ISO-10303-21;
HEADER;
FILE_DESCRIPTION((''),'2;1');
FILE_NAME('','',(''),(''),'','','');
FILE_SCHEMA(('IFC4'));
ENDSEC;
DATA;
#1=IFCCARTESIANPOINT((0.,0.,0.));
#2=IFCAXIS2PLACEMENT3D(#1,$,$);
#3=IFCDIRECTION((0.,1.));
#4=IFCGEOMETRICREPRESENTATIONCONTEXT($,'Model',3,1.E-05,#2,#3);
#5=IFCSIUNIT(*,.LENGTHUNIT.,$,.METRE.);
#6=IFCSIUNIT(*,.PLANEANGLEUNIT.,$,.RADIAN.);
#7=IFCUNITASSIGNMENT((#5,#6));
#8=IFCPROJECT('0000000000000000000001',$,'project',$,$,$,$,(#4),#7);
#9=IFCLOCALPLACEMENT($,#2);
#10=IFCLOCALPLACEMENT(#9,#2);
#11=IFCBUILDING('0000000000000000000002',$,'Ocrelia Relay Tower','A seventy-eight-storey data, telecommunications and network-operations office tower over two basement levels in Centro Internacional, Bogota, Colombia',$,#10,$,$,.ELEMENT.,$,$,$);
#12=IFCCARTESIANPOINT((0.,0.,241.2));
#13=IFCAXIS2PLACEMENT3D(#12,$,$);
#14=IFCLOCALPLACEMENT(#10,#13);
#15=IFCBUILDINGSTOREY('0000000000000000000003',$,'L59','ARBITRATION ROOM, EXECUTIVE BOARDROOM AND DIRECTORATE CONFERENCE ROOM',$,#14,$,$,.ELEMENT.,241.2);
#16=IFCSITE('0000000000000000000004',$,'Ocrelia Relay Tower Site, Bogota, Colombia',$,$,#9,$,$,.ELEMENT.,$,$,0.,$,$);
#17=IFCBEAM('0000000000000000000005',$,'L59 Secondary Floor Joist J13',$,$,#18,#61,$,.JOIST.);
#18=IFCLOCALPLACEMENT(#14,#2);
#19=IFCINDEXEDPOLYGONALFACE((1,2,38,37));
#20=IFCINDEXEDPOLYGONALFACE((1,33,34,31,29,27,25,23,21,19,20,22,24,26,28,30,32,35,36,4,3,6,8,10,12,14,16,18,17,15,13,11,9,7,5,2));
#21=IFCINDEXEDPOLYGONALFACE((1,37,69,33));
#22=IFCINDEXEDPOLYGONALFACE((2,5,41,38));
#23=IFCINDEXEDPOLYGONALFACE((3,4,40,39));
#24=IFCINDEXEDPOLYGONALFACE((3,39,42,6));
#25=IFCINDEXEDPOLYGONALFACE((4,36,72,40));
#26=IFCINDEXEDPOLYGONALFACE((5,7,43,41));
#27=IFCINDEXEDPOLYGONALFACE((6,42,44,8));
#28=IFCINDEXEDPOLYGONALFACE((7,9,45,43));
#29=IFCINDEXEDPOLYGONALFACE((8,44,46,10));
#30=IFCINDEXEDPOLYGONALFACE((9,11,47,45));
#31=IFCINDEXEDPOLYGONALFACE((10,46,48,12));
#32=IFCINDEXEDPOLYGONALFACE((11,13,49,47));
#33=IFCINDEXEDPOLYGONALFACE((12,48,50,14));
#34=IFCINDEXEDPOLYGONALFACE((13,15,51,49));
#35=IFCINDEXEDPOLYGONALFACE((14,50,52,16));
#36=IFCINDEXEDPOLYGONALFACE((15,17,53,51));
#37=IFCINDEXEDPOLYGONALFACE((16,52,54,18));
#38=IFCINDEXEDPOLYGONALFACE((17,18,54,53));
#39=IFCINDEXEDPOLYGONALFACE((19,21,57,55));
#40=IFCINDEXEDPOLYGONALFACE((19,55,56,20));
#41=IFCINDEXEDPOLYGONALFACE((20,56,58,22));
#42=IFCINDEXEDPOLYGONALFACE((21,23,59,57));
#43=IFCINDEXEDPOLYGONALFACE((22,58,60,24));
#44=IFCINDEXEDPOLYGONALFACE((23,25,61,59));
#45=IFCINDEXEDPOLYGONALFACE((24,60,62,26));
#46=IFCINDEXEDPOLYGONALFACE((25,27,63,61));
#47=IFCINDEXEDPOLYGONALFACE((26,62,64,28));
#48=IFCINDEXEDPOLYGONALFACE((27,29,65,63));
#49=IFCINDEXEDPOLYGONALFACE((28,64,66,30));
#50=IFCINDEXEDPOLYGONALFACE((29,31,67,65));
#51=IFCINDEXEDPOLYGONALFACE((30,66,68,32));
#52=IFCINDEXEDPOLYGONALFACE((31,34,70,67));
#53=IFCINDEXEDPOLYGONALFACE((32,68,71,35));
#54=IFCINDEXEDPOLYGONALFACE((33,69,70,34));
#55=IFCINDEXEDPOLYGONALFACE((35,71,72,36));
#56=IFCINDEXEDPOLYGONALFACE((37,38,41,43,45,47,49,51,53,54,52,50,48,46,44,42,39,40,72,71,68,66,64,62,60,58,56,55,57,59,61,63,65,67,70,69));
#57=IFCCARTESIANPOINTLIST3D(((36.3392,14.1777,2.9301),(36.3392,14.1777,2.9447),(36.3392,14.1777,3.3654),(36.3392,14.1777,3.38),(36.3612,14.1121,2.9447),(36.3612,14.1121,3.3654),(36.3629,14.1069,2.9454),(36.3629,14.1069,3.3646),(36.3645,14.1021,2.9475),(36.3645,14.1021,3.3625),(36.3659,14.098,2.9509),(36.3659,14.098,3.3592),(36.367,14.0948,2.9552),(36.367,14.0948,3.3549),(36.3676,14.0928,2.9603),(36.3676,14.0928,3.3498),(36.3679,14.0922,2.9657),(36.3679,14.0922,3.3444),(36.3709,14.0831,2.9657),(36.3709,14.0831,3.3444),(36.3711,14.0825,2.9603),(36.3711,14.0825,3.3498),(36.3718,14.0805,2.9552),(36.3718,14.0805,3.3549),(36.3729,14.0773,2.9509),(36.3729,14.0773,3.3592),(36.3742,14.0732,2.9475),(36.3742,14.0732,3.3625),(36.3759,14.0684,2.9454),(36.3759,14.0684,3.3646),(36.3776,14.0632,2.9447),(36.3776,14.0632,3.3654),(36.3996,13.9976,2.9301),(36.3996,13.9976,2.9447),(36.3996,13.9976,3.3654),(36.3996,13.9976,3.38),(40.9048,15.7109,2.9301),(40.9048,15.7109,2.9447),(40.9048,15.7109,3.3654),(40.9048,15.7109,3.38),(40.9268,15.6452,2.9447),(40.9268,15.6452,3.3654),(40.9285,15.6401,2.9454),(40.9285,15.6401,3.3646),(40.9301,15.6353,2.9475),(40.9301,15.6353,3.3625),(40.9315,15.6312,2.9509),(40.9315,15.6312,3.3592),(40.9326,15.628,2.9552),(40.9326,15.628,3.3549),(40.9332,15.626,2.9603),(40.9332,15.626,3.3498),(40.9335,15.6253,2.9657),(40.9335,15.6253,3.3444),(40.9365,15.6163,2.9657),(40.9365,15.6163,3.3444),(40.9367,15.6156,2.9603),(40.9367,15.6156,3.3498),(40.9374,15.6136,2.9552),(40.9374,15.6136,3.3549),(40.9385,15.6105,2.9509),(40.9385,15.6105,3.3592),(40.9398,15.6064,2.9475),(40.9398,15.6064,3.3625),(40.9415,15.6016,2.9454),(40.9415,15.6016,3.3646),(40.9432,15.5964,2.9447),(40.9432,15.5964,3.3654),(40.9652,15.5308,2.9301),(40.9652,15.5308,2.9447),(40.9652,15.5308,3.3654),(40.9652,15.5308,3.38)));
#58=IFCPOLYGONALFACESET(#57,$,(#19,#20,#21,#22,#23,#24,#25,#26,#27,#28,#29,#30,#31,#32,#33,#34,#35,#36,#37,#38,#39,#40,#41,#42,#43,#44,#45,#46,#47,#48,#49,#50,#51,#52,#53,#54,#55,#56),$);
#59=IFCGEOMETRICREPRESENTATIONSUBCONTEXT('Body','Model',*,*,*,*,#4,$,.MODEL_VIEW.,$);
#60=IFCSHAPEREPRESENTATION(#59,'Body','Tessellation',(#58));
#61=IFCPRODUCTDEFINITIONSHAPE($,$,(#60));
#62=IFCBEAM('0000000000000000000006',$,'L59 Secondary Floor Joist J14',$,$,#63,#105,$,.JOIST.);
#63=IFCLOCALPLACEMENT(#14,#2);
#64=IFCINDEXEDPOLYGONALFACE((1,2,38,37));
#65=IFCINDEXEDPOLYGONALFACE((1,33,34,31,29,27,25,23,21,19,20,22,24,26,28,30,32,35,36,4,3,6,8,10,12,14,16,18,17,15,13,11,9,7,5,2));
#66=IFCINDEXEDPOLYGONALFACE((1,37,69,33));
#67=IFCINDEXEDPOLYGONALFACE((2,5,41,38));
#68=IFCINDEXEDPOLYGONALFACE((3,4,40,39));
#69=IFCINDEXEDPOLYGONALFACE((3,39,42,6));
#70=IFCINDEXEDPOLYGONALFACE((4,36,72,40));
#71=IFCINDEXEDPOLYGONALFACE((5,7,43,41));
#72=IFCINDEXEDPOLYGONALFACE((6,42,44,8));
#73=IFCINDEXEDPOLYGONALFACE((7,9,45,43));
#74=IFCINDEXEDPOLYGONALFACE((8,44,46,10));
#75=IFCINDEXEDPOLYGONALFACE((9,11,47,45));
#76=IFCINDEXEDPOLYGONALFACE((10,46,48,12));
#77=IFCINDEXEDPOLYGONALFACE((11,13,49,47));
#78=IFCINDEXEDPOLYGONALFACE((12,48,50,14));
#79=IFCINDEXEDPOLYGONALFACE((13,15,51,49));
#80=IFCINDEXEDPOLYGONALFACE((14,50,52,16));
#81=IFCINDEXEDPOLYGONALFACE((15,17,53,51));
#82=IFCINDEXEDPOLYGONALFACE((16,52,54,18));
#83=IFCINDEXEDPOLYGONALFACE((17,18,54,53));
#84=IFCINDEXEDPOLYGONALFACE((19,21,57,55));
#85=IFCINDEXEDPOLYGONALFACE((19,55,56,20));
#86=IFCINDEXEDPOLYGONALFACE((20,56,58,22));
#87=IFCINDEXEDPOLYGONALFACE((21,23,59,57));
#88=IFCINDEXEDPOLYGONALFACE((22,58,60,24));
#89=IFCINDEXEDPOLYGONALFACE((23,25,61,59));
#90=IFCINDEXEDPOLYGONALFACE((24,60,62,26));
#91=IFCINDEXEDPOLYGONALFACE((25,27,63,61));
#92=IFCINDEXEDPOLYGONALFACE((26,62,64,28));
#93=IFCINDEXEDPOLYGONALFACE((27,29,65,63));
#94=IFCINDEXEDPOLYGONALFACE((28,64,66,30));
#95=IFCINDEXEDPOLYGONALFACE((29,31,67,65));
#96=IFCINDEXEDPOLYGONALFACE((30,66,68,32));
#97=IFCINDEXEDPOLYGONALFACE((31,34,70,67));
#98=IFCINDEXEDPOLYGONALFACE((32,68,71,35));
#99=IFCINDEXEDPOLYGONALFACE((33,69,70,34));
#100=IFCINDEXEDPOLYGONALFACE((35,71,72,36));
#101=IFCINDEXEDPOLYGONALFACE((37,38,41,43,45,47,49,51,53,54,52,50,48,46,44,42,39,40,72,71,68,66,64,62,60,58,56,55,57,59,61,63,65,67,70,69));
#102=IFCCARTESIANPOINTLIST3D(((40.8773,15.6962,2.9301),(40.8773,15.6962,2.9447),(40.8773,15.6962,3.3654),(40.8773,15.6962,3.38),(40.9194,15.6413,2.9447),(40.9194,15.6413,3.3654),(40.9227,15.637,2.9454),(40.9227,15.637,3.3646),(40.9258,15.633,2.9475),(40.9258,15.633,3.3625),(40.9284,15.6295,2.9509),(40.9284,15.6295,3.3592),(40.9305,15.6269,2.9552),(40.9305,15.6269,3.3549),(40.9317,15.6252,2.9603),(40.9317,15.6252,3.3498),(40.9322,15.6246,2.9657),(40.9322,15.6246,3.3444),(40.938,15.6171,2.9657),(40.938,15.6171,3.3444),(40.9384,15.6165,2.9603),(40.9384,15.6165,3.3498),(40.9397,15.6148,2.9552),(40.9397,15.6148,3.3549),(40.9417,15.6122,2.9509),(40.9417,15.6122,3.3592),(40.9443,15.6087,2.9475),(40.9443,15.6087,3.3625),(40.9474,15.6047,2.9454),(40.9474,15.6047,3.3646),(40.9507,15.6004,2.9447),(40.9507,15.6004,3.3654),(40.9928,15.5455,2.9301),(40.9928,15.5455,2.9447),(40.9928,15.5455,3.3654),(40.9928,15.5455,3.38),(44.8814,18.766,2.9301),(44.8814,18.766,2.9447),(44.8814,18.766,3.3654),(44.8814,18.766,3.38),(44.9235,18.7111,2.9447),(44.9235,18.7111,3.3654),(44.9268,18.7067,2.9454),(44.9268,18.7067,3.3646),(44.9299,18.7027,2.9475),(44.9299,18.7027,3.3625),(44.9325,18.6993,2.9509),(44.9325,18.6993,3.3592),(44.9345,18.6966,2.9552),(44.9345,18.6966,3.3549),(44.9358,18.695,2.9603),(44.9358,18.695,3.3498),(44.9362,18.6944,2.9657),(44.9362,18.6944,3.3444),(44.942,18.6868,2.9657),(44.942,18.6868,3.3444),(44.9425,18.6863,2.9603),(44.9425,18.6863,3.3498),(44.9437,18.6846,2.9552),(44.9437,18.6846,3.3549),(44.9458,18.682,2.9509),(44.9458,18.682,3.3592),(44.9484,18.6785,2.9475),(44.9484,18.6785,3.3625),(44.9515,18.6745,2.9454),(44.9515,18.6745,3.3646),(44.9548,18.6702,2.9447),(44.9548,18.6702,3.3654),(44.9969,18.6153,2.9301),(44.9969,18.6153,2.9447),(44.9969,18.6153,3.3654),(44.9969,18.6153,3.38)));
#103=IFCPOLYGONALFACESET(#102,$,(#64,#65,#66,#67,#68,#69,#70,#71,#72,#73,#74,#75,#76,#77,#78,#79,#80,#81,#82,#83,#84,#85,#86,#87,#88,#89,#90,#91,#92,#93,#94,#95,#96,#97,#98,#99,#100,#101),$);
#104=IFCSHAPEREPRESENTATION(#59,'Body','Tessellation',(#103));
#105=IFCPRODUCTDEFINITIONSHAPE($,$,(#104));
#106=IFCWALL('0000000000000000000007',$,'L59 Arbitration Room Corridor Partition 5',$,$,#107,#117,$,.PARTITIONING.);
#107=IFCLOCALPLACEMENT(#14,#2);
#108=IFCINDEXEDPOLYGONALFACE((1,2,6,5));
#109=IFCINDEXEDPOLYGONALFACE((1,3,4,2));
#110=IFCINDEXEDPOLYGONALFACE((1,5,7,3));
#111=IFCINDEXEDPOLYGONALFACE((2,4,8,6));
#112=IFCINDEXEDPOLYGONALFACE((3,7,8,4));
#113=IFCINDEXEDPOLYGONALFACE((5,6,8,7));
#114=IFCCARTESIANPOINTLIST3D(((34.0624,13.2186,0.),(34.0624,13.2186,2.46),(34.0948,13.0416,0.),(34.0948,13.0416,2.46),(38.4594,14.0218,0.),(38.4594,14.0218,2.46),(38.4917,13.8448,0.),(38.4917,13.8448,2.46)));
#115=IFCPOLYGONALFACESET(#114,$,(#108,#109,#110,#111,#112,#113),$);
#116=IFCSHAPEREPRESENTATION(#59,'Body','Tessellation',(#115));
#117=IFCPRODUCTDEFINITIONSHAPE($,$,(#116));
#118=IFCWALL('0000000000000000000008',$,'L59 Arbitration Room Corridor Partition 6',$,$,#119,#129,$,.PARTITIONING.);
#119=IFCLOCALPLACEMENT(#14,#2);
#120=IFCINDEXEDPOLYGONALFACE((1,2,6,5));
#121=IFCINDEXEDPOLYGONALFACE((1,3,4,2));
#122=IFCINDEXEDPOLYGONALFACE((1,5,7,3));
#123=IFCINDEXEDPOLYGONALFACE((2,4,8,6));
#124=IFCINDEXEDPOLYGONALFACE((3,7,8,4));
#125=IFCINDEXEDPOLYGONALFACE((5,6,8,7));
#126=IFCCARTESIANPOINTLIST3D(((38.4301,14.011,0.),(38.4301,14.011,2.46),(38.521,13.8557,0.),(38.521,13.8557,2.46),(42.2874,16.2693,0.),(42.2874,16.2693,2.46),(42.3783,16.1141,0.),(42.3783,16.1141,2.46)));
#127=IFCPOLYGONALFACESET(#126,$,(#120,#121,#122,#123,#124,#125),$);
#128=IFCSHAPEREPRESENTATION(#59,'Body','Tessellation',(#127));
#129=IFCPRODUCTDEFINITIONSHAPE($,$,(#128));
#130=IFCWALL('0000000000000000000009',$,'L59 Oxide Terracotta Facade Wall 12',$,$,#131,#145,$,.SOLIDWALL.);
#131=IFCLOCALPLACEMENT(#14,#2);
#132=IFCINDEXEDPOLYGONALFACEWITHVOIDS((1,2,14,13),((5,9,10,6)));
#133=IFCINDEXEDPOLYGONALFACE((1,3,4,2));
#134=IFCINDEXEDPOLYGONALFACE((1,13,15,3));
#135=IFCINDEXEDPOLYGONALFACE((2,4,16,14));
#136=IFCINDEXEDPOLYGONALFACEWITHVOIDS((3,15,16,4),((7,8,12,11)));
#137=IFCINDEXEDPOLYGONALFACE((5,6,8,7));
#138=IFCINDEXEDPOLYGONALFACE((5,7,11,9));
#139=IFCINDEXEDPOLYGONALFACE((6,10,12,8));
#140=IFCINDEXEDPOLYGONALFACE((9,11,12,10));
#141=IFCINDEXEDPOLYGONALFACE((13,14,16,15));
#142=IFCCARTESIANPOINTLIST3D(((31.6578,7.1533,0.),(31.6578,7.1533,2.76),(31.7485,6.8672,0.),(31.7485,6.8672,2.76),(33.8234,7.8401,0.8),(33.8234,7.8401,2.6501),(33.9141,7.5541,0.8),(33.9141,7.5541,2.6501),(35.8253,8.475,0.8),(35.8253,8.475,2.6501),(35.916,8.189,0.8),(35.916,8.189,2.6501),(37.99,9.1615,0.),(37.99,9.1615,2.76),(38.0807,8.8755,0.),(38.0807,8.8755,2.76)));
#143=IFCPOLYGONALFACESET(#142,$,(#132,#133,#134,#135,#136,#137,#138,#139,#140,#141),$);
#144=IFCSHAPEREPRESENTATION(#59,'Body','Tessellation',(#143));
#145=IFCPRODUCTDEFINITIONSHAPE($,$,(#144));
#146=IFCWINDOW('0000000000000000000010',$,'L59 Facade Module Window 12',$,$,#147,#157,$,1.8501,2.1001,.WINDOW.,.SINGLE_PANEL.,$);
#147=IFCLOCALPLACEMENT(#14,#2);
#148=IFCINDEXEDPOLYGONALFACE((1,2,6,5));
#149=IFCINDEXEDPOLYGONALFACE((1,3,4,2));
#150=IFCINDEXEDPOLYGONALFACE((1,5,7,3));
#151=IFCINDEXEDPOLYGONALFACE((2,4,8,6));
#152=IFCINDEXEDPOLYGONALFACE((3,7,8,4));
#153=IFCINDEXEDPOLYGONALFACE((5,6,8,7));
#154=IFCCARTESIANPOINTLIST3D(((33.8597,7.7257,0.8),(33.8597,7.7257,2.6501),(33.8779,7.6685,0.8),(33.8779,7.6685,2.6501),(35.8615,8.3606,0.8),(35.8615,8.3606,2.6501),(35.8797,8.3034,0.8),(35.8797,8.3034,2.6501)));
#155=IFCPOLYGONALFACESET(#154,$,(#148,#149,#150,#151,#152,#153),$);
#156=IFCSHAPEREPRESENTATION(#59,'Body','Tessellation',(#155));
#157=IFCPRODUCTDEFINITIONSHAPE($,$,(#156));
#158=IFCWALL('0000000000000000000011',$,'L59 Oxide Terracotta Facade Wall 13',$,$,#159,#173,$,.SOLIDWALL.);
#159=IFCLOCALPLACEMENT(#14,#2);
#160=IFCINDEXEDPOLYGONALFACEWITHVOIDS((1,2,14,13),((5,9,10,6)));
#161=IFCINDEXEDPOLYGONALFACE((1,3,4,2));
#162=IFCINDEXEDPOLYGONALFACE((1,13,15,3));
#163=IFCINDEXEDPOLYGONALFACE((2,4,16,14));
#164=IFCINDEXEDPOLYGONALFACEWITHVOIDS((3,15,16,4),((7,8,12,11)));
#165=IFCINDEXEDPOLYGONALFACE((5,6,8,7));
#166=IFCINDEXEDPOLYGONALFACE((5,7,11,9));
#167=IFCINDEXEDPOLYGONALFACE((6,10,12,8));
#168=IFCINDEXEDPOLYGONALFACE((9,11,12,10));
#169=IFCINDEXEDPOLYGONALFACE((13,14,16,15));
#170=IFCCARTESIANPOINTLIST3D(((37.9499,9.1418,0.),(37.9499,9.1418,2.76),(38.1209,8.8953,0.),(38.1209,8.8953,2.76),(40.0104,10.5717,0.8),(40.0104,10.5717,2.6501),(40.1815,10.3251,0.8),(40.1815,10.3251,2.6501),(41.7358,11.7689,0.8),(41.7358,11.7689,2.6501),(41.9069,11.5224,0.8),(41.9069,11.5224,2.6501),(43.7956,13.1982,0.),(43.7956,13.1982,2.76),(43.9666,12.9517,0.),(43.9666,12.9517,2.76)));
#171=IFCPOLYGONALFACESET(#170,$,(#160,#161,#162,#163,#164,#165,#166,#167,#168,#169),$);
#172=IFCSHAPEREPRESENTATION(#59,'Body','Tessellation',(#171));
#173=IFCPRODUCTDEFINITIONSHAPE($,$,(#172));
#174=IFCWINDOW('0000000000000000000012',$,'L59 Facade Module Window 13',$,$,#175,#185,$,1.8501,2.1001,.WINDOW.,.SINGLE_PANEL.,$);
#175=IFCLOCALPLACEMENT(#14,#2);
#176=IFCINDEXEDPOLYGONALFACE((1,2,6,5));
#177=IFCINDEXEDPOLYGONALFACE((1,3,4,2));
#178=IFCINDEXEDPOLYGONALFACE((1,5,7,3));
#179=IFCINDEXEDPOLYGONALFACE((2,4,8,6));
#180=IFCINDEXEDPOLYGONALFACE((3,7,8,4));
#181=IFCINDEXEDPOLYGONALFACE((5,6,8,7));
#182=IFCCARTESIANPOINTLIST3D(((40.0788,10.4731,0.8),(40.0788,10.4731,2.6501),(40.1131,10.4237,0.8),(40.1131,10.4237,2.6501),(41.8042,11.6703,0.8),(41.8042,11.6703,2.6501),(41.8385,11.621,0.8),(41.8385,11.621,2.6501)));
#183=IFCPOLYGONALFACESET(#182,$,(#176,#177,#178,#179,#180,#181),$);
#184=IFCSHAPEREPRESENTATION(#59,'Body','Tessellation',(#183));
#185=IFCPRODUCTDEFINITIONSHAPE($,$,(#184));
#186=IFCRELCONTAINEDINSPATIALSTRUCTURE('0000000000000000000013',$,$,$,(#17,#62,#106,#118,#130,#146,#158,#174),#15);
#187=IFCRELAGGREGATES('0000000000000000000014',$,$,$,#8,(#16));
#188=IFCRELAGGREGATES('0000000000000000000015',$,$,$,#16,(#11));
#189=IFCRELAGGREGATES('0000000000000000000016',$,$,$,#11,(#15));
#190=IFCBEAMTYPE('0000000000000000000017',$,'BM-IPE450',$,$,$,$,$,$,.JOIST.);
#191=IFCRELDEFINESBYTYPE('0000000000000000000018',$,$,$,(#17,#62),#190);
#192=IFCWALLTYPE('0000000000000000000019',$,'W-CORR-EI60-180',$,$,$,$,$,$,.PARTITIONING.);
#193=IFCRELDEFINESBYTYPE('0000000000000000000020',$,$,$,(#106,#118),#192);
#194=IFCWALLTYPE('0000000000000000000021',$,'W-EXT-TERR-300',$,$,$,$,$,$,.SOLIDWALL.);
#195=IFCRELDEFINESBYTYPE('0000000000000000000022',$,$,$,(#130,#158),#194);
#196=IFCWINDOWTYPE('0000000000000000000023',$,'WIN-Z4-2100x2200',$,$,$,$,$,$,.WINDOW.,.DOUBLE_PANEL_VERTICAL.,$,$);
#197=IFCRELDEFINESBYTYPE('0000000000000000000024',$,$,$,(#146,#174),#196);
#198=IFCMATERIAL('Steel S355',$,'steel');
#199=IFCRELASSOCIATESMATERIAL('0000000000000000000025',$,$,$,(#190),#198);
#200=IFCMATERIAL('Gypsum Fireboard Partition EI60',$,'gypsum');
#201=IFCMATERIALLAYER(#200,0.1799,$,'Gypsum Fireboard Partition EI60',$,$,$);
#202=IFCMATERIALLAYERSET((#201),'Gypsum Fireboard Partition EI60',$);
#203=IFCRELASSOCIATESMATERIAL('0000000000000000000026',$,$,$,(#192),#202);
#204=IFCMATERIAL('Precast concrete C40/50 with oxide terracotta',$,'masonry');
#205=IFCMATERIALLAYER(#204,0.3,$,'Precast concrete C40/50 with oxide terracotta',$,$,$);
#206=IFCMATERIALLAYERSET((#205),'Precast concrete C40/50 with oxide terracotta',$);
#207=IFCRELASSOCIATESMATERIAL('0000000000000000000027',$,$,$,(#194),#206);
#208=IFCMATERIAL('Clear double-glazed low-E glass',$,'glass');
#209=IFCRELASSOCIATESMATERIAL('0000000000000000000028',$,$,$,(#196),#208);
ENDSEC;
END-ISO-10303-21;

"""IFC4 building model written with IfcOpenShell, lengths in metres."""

from ifc_helpers import new_model, si_unit, direction, frame, frame_2d, origin, origin_2d, place, context, subcontext, project, spatial, rectangle, i_section, extrude, material, layer, layer_set, material_profile, profile_set, type_object, element, fill, save


model = new_model("IFC4")

# Units and contexts
model_context = context("Model", 3, precision=1e-05, world=origin(), true_north=direction((0.0, 1.0)))
body_context = subcontext(model_context, "Body", "Model", "MODEL_VIEW")
ifc_project = project(units=[si_unit("LENGTHUNIT", "METRE"), si_unit("PLANEANGLEUNIT", "RADIAN")], contexts=[model_context])

# Site, building, storey
site_placement = place(None, origin())
site = spatial("IfcSite", under=ifc_project, at=site_placement, Name="Ocrelia Relay Tower Site, Bogota, Colombia", CompositionType="ELEMENT", RefElevation=0.0)
building_placement = place(site_placement, origin())
building = spatial("IfcBuilding", under=site, at=building_placement, Name="Ocrelia Relay Tower", Description="A seventy-eight-storey data, telecommunications and network-operations office tower over two basement levels in Centro Internacional, Bogota, Colombia", CompositionType="ELEMENT")
storey_placement = place(building_placement, frame((0.0, 0.0, 241.2)))
storey = spatial("IfcBuildingStorey", under=building, at=storey_placement, Name="L59", Description="ARBITRATION ROOM, EXECUTIVE BOARDROOM AND DIRECTORATE CONFERENCE ROOM", CompositionType="ELEMENT", Elevation=241.2)

# Beams
ifc_material_1 = material(Name="Steel S355", Category="steel")
ifc_material_profile_1 = material_profile(ifc_material_1, i_section(OverallWidth=0.1899, OverallDepth=0.45, WebThickness=0.0095, FlangeThickness=0.0146, FilletRadius=0.021, at=origin_2d()), Name="IPE 450")
ifc_profile_set_1 = profile_set([ifc_material_profile_1], Name="Steel S355")
beam_type_1 = type_object("IfcBeamType", Name="BM-IPE450", PredefinedType="JOIST", material=ifc_profile_set_1)
beam_1_placement = place(storey_placement, frame((36.3694, 14.0876, 3.155), z_axis=(0.947976, 0.318341, 0.0), x_axis=(-0.318341, 0.947976, 0.0)))
element("IfcBeam", 1, at=beam_1_placement, inside=storey, type_object=beam_type_1, Name="L59 Secondary Floor Joist J13", PredefinedType="JOIST", context=body_context, shape_type="SweptSolid", body=[
    extrude(i_section(OverallWidth=0.1899, OverallDepth=0.45, WebThickness=0.0095, FlangeThickness=0.0146, FilletRadius=0.021, at=origin_2d()), origin(), (0.0, 0.0, 1.0), 4.8162),
])
beam_2_placement = place(storey_placement, frame((40.9351, 15.6208, 3.155), z_axis=(0.793609, 0.608428, 0.0), x_axis=(-0.608428, 0.793609, 0.0)))
element("IfcBeam", 2, at=beam_2_placement, inside=storey, type_object=beam_type_1, Name="L59 Secondary Floor Joist J14", PredefinedType="JOIST", context=body_context, shape_type="SweptSolid", body=[
    extrude(i_section(OverallWidth=0.1899, OverallDepth=0.45, WebThickness=0.0095, FlangeThickness=0.0146, FilletRadius=0.021, at=origin_2d()), origin(), (0.0, 0.0, 1.0), 5.0454),
])

# Walls
ifc_material_2 = material(Name="Gypsum Fireboard Partition EI60", Category="gypsum")
ifc_layer_1 = layer(ifc_material_2, 0.1799, Name="Gypsum Fireboard Partition EI60")
ifc_layer_set_1 = layer_set([ifc_layer_1], Name="Gypsum Fireboard Partition EI60")
wall_type_1 = type_object("IfcWallType", Name="W-CORR-EI60-180", PredefinedType="PARTITIONING", material=ifc_layer_set_1)
for number, where, z_axis, x_axis, name in (
    (3, (34.0786, 13.1301, 0.0), (0.0, 0.0, 1.0), (0.983721, 0.179703, 0.0), "L59 Arbitration Room Corridor Partition 5"),
    (4, (38.4756, 13.9333, 0.0), (0.0, 0.0, 1.0), (0.862971, 0.505253, 0.0), "L59 Arbitration Room Corridor Partition 6"),
):
    element("IfcWall", number, at=place(storey_placement, frame(where, z_axis=z_axis, x_axis=x_axis)), inside=storey, type_object=wall_type_1, Name=name, PredefinedType="PARTITIONING", context=body_context, shape_type="SweptSolid", body=[
        extrude(rectangle(XDim=4.4697, YDim=0.1799, at=frame_2d((2.2349, 0.0))), origin(), (0.0, 0.0, 1.0), 2.46),
    ])

# Walls, openings, windows
ifc_material_3 = material(Name="Precast concrete C40/50 with oxide terracotta", Category="masonry")
ifc_layer_2 = layer(ifc_material_3, 0.3, Name="Precast concrete C40/50 with oxide terracotta")
ifc_layer_set_2 = layer_set([ifc_layer_2], Name="Precast concrete C40/50 with oxide terracotta")
wall_type_2 = type_object("IfcWallType", Name="W-EXT-TERR-300", PredefinedType="SOLIDWALL", material=ifc_layer_set_2)
wall_1_placement = place(storey_placement, frame((31.7031, 7.0103, 0.0), z_axis=(0.0, 0.0, 1.0), x_axis=(0.953209, 0.302313, 0.0)))
wall_1 = element("IfcWall", 5, at=wall_1_placement, inside=storey, type_object=wall_type_2, Name="L59 Oxide Terracotta Facade Wall 12", PredefinedType="SOLIDWALL", context=body_context, shape_type="SweptSolid", body=[
    extrude(rectangle(XDim=6.6431, YDim=0.3, at=frame_2d((3.3215, 0.0))), origin(), (0.0, 0.0, 1.0), 2.76),
])
opening_1_placement = place(wall_1_placement, frame((2.272, 0.0, 0.8)))
opening_1 = element("IfcOpeningElement", 6, at=opening_1_placement, cuts=wall_1, PredefinedType="OPENING", context=body_context, shape_type="SweptSolid", body=[
    extrude(rectangle(XDim=2.1001, YDim=1.8501, at=frame_2d((1.05, 0.925))), frame((0.0, 0.1602, 0.0), z_axis=(0.0, -1.0, 0.0), x_axis=(1.0, 0.0, 0.0)), (0.0, 0.0, 1.0), 0.3201),
])
ifc_material_4 = material(Name="Clear double-glazed low-E glass", Category="glass")
window_type = type_object("IfcWindowType", Name="WIN-Z4-2100x2200", PartitioningType="DOUBLE_PANEL_VERTICAL", PredefinedType="WINDOW", material=ifc_material_4)
window_1_placement = place(opening_1_placement, origin())
window_1 = element("IfcWindow", 7, at=window_1_placement, inside=storey, type_object=window_type, Name="L59 Facade Module Window 12", OverallHeight=1.8501, OverallWidth=2.1001, PartitioningType="SINGLE_PANEL", PredefinedType="WINDOW", context=body_context, shape_type="SweptSolid", body=[
    extrude(rectangle(XDim=2.1001, YDim=1.8501, at=frame_2d((1.05, 0.925))), frame((0.0, 0.03, 0.0), z_axis=(0.0, -1.0, 0.0), x_axis=(1.0, 0.0, 0.0)), (0.0, 0.0, 1.0), 0.0601),
])
fill(opening_1, window_1)
wall_2_placement = place(storey_placement, frame((38.0354, 9.0186, 0.0), z_axis=(0.0, 0.0, 1.0), x_axis=(0.821575, 0.5701, 0.0)))
wall_2 = element("IfcWall", 8, at=wall_2_placement, inside=storey, type_object=wall_type_2, Name="L59 Oxide Terracotta Facade Wall 13", PredefinedType="SOLIDWALL", context=body_context, shape_type="SweptSolid", body=[
    extrude(rectangle(XDim=7.1152, YDim=0.3, at=frame_2d((3.5576, 0.0))), origin(), (0.0, 0.0, 1.0), 2.76),
])
opening_2_placement = place(wall_2_placement, frame((2.5081, 0.0, 0.8)))
opening_2 = element("IfcOpeningElement", 9, at=opening_2_placement, cuts=wall_2, PredefinedType="OPENING", context=body_context, shape_type="SweptSolid", body=[
    extrude(rectangle(XDim=2.1001, YDim=1.8501, at=frame_2d((1.05, 0.925))), frame((0.0, 0.1602, 0.0), z_axis=(0.0, -1.0, 0.0), x_axis=(1.0, 0.0, 0.0)), (0.0, 0.0, 1.0), 0.3201),
])
window_2_placement = place(opening_2_placement, origin())
window_2 = element("IfcWindow", 10, at=window_2_placement, inside=storey, type_object=window_type, Name="L59 Facade Module Window 13", OverallHeight=1.8501, OverallWidth=2.1001, PartitioningType="SINGLE_PANEL", PredefinedType="WINDOW", context=body_context, shape_type="SweptSolid", body=[
    extrude(rectangle(XDim=2.1001, YDim=1.8501, at=frame_2d((1.05, 0.925))), frame((0.0, 0.03, 0.0), z_axis=(0.0, -1.0, 0.0), x_axis=(1.0, 0.0, 0.0)), (0.0, 0.0, 1.0), 0.0601),
])
fill(opening_2, window_2)

save(model, "model.ifc")
